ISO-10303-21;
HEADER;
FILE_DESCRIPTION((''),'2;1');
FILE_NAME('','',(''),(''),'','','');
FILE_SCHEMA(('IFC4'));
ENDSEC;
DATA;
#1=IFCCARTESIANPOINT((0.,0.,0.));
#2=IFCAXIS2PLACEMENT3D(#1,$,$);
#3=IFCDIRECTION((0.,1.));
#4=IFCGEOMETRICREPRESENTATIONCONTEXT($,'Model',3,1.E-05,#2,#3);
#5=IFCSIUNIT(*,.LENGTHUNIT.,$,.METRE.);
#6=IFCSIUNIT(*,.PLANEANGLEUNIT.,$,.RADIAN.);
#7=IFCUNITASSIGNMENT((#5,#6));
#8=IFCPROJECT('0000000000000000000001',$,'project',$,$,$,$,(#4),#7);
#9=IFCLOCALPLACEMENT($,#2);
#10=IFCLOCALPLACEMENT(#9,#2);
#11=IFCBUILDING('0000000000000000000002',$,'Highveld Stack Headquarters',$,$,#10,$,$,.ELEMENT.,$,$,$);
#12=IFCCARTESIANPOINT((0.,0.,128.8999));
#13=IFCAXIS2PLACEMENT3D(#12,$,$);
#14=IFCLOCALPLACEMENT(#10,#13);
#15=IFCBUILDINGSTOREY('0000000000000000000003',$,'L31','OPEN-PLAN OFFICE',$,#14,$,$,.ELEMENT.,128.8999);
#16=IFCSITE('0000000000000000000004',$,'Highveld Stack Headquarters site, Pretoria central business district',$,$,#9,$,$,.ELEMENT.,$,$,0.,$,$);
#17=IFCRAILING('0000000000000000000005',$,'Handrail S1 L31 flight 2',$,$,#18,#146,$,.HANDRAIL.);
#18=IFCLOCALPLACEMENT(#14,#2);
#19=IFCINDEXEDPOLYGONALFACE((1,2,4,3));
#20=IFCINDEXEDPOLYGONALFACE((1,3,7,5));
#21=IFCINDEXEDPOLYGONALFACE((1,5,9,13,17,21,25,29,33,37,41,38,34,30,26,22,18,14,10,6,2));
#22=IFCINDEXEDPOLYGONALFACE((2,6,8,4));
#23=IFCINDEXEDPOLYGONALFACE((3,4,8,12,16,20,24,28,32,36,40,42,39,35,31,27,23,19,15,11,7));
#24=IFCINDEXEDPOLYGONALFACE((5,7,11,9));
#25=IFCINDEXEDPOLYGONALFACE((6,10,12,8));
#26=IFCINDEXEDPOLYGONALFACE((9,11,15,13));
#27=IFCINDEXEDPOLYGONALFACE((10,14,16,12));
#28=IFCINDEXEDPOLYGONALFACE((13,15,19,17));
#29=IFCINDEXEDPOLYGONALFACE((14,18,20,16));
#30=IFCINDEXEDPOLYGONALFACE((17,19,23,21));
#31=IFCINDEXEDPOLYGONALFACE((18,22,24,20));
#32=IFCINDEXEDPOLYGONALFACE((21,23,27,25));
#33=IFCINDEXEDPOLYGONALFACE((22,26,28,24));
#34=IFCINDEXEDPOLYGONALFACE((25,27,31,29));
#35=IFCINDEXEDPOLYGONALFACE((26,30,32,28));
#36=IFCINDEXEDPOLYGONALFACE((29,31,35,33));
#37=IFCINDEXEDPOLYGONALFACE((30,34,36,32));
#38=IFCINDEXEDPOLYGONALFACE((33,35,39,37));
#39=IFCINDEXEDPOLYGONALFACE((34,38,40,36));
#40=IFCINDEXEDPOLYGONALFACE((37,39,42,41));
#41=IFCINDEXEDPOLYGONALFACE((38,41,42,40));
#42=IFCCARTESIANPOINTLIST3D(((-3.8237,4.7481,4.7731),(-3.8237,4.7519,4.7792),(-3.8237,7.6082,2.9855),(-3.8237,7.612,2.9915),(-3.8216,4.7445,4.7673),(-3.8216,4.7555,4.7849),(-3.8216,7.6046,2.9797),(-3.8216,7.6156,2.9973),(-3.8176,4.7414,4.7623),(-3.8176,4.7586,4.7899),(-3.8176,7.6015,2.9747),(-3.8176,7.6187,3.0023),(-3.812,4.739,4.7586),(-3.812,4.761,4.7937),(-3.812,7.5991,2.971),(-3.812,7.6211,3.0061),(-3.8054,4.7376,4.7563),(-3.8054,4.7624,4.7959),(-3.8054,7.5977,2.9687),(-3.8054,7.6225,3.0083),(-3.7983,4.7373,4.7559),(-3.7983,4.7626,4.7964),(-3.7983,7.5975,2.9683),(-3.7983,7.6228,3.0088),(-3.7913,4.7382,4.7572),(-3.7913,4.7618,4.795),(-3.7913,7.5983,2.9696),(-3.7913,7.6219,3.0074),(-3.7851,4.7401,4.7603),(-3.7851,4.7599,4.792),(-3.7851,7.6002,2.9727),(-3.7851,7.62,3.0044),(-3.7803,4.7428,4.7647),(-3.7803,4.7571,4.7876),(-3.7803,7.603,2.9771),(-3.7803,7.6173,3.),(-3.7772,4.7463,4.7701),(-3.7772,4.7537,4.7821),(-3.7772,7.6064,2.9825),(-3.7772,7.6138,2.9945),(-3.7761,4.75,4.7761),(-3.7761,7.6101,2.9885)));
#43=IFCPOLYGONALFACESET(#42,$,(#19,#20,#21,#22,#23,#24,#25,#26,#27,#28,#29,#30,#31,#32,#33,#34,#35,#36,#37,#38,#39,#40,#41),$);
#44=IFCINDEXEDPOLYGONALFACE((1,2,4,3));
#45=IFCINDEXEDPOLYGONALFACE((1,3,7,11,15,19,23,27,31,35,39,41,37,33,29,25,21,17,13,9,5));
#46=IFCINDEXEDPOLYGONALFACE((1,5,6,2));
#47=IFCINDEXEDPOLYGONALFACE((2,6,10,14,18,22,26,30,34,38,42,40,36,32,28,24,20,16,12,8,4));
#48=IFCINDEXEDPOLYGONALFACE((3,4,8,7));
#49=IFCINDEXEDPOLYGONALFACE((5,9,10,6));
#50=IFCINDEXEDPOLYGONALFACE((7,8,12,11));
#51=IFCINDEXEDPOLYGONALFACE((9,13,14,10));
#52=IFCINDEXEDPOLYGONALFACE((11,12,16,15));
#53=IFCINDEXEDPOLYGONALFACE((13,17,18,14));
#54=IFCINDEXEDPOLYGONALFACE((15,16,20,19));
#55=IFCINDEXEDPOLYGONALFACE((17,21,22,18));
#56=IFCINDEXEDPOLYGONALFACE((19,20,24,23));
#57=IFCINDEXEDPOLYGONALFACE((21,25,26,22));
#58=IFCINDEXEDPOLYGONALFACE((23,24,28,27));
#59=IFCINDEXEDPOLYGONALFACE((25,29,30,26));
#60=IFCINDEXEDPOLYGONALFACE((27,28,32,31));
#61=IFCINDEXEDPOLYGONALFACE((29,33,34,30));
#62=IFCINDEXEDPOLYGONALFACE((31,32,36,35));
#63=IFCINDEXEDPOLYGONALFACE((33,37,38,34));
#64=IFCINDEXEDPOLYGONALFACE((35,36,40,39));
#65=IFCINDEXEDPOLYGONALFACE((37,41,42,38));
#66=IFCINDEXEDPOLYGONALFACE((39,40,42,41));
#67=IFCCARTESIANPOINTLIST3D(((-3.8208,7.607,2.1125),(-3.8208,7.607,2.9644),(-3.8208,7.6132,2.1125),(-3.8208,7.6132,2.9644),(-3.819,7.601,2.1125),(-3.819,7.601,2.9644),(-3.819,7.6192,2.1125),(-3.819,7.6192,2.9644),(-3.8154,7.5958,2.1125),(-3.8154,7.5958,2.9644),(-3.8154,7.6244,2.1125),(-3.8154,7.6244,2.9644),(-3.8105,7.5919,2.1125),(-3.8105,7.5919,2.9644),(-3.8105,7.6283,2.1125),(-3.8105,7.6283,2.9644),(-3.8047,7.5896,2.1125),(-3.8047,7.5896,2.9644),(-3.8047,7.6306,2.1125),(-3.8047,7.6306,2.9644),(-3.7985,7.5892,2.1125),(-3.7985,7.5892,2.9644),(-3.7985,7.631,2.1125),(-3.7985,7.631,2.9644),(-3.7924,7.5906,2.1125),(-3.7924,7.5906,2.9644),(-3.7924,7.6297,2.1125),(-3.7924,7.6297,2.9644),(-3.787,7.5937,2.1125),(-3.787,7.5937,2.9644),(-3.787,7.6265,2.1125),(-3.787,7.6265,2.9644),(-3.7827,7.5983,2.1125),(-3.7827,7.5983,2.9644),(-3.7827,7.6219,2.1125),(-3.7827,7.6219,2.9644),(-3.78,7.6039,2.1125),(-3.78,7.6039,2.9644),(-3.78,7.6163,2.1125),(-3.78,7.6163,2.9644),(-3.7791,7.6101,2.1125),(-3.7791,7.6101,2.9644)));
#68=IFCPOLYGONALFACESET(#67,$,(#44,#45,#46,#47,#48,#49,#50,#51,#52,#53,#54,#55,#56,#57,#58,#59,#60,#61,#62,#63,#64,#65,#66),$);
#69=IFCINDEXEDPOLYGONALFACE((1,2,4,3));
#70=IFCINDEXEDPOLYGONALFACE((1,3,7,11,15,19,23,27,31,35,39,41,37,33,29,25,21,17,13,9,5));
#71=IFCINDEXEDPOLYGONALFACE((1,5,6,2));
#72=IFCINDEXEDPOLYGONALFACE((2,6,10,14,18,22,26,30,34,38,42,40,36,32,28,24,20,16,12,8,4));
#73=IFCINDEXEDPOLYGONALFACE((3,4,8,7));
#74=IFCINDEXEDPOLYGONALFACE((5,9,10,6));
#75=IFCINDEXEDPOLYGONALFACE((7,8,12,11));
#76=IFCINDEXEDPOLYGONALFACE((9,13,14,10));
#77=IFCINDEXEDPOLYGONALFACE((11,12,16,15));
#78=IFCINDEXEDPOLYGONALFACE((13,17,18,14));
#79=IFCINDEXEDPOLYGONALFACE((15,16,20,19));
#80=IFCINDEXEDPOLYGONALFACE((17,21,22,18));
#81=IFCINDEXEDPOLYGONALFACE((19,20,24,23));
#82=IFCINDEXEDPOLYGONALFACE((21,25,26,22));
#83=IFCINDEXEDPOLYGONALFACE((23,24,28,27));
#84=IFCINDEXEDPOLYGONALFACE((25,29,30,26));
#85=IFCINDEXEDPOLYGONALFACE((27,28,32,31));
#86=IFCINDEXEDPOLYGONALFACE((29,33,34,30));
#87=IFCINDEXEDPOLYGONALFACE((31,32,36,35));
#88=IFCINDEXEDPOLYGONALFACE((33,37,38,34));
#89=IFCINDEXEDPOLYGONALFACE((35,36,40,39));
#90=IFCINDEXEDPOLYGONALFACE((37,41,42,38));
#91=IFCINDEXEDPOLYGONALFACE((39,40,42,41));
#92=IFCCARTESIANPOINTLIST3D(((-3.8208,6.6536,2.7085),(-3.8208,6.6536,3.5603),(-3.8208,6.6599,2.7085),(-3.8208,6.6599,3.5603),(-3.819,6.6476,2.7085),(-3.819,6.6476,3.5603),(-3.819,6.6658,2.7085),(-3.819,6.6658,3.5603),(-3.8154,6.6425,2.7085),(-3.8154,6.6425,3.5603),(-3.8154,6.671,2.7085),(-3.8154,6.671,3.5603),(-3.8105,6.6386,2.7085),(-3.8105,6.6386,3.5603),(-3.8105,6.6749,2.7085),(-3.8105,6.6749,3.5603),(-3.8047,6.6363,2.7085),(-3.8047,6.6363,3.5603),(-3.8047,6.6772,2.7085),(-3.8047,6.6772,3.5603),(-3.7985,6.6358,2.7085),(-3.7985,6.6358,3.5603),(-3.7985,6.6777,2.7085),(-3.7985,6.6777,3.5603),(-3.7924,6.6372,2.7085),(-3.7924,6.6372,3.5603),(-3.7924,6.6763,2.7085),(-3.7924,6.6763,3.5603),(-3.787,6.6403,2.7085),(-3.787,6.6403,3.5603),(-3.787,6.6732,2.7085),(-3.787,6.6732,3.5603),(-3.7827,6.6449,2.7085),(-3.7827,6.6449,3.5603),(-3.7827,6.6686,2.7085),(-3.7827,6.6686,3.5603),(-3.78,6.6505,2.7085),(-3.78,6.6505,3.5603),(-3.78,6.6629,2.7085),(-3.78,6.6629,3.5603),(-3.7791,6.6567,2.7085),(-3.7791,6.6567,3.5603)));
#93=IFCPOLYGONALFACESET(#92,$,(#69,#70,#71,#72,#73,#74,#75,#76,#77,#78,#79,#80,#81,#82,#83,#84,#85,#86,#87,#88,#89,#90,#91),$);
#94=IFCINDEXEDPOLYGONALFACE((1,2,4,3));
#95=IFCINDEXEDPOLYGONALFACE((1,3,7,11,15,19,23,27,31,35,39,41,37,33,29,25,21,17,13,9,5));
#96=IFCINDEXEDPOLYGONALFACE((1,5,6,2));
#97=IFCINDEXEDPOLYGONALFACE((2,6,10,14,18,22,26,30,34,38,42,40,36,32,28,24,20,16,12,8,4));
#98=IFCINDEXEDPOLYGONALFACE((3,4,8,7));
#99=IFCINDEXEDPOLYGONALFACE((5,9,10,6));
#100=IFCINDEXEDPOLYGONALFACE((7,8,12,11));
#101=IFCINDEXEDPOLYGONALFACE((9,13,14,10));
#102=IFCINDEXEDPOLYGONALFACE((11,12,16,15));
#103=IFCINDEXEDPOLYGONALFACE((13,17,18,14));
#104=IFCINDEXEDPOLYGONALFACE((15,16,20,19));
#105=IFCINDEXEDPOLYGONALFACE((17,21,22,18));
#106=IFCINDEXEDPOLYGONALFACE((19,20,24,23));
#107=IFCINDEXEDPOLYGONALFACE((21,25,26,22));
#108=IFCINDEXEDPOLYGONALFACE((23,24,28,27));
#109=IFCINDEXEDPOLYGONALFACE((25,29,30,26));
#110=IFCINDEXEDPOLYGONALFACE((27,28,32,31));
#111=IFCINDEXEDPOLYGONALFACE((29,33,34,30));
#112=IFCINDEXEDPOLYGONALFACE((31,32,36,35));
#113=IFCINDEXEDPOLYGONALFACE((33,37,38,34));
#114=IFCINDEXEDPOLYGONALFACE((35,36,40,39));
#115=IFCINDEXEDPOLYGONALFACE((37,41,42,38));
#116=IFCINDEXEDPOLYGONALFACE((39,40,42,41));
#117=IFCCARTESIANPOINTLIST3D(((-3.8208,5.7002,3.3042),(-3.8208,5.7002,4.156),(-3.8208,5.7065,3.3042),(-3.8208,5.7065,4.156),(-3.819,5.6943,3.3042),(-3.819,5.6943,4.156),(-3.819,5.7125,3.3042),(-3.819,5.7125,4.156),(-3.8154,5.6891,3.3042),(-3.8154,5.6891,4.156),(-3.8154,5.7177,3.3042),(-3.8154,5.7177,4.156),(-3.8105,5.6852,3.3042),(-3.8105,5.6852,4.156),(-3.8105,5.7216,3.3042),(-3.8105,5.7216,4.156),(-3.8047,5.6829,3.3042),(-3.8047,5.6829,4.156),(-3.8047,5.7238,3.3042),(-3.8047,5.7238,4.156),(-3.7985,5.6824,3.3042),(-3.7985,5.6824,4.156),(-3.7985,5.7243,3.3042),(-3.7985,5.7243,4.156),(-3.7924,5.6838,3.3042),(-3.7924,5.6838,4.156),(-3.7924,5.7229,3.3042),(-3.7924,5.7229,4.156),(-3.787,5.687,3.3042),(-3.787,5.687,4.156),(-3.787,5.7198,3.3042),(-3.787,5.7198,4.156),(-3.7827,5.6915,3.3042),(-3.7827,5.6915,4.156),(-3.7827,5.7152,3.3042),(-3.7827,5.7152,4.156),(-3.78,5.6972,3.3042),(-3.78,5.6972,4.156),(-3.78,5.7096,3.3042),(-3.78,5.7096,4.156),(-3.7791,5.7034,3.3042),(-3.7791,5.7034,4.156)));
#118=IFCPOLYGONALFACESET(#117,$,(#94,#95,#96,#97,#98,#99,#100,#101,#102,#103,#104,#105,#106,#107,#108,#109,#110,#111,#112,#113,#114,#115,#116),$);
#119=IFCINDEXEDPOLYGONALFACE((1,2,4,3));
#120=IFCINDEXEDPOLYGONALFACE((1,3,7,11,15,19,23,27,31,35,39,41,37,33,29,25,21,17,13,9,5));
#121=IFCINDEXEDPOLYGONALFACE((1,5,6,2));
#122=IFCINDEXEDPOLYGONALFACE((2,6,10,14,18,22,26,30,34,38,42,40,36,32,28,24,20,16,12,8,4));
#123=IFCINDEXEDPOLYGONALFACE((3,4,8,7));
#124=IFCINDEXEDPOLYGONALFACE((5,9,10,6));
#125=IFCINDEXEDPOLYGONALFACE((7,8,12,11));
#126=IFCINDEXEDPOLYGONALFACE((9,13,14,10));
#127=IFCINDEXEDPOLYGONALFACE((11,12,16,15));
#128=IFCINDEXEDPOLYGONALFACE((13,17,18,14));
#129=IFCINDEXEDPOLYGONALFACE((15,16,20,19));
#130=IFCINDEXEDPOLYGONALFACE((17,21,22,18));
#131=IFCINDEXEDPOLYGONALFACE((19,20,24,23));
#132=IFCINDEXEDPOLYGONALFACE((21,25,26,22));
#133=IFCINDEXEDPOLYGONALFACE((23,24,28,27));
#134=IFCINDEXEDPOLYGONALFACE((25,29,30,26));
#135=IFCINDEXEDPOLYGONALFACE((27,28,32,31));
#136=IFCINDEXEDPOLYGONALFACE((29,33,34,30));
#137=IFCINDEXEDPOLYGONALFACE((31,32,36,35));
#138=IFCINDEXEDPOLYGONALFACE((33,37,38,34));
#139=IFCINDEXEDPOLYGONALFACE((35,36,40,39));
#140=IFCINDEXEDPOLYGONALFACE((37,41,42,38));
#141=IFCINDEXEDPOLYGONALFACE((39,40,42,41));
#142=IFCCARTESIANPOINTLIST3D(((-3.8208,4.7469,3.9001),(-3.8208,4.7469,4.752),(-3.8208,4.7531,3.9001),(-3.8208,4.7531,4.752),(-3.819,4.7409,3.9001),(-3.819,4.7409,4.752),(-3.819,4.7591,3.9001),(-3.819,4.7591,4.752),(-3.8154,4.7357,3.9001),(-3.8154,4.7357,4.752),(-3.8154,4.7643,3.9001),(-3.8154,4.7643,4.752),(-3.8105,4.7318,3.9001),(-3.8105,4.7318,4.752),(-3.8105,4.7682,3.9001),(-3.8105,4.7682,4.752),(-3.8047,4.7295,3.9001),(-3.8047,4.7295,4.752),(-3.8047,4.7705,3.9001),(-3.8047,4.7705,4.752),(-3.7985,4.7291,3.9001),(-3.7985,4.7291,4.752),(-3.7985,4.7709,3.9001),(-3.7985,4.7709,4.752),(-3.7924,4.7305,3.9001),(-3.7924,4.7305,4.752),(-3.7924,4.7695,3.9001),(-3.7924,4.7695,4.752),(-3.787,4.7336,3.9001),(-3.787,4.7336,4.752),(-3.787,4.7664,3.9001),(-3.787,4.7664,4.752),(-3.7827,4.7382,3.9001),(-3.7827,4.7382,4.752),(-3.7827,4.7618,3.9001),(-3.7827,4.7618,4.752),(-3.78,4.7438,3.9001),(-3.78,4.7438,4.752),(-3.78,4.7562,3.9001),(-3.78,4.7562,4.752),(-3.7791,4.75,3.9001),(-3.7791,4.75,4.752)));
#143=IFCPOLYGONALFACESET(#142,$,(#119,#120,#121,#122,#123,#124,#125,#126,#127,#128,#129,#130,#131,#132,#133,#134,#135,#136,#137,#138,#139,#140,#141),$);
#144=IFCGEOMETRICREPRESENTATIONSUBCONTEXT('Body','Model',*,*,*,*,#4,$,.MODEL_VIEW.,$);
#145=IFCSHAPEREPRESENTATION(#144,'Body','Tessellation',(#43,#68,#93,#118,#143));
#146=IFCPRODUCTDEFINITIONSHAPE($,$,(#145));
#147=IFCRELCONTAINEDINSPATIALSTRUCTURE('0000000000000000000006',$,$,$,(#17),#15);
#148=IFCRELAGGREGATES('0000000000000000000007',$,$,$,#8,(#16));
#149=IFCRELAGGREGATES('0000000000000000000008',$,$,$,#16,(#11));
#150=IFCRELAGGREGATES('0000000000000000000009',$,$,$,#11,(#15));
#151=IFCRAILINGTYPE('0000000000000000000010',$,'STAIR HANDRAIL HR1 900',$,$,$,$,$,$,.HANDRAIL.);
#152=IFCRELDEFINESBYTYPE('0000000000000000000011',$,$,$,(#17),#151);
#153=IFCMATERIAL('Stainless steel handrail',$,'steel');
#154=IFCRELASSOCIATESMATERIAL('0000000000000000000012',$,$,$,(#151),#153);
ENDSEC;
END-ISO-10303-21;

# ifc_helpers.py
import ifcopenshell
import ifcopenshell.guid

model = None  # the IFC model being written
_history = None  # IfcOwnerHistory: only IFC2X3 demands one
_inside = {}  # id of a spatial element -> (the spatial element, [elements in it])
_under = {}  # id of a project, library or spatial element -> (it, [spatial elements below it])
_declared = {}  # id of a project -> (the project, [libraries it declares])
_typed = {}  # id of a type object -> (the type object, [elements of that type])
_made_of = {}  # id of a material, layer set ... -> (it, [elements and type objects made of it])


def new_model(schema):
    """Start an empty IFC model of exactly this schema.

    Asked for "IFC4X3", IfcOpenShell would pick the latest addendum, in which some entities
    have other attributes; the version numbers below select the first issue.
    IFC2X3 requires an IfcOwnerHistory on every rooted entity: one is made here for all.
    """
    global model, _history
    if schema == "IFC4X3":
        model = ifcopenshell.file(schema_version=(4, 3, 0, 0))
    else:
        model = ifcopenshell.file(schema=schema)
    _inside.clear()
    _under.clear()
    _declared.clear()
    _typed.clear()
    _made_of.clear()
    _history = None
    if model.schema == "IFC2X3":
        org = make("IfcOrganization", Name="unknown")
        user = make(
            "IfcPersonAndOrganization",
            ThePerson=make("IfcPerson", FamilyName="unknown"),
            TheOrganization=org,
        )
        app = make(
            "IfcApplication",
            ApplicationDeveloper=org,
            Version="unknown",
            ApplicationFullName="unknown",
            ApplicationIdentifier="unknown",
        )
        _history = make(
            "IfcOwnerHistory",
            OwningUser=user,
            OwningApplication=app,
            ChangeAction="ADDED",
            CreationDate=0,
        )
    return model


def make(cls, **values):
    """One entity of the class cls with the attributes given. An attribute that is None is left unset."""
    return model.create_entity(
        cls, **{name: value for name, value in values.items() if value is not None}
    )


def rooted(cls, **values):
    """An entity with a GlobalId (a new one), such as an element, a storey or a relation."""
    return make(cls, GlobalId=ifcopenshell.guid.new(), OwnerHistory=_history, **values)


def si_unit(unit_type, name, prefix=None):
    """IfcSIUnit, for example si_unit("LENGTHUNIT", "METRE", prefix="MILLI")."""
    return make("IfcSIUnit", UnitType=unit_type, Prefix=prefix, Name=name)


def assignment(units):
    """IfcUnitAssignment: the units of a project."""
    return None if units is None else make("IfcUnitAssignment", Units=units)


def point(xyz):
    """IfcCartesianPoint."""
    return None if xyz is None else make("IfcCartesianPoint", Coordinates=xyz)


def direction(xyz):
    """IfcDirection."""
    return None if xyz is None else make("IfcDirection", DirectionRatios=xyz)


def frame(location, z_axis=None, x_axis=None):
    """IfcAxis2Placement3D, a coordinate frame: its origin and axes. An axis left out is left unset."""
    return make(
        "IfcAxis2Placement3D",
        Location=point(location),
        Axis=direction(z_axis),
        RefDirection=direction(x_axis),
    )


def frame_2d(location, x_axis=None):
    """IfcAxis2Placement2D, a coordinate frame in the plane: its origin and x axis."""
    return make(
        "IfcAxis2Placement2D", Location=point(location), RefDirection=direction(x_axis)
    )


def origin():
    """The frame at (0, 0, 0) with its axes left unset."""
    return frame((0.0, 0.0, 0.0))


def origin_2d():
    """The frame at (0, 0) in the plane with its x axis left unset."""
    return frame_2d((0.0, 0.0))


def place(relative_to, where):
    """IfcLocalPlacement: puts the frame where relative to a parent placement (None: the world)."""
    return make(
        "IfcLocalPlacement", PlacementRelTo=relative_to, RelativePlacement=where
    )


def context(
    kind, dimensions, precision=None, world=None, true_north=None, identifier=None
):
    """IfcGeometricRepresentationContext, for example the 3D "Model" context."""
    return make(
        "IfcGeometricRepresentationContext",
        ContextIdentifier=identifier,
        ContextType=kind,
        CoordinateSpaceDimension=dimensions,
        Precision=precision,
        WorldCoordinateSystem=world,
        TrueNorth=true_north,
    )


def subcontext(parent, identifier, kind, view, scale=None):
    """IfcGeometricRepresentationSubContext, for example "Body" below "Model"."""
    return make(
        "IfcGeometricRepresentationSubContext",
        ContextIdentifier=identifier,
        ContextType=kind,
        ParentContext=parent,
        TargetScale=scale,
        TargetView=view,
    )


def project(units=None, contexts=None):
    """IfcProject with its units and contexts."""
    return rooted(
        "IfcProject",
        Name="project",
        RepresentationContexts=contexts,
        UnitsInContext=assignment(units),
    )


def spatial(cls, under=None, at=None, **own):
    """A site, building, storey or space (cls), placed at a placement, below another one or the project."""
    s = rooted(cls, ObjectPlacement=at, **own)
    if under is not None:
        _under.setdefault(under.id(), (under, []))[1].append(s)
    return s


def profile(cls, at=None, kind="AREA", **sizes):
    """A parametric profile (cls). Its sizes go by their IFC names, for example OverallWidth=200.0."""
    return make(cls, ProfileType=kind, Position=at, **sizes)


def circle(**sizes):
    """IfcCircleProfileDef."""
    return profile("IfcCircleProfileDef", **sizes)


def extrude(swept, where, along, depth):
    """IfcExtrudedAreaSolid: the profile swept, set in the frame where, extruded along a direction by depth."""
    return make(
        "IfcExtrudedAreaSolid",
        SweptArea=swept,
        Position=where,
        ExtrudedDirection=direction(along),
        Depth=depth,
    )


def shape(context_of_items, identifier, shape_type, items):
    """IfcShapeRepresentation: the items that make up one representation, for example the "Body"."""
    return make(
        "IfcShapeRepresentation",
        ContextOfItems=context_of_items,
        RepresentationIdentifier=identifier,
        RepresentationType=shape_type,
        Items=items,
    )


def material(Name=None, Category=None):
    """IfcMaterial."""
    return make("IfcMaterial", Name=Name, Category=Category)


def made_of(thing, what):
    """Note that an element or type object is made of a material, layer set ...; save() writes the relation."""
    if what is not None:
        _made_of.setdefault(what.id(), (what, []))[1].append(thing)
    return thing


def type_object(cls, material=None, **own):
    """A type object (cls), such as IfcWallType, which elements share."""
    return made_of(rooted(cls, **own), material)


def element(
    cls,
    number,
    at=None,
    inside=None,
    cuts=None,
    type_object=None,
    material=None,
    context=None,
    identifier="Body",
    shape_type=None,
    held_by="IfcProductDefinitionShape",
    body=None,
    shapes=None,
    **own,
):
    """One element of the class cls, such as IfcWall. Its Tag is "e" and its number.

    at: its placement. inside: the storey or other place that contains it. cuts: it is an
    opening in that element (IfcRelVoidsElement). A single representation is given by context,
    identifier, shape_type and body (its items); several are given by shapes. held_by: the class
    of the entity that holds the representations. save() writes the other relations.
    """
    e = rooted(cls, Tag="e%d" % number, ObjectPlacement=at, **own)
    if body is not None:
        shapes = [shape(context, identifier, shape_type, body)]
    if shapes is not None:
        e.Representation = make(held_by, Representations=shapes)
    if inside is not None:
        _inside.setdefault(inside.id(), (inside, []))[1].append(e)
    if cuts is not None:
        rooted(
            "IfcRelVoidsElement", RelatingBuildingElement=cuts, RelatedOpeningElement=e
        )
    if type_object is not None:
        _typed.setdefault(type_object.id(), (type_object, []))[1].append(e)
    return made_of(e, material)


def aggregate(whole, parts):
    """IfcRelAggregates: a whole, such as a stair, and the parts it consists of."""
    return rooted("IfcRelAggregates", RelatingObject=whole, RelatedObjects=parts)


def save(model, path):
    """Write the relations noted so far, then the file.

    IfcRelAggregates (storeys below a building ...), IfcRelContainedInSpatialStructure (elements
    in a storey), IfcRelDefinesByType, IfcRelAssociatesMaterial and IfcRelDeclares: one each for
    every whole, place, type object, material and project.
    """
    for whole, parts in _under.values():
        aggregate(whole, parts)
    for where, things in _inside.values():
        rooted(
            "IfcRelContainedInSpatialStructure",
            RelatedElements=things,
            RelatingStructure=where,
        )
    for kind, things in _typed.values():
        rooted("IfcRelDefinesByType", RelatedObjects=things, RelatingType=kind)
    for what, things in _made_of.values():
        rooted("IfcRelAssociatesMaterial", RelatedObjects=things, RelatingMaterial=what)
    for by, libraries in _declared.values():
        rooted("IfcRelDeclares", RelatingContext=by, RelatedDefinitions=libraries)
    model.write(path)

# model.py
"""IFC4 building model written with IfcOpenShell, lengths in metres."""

from ifc_helpers import new_model, si_unit, direction, frame, origin, origin_2d, place, context, subcontext, project, spatial, circle, extrude, material, type_object, element, save


model = new_model("IFC4")

# Units and contexts
model_context = context("Model", 3, precision=1e-05, world=origin(), true_north=direction((0.0, 1.0)))
body_context = subcontext(model_context, "Body", "Model", "MODEL_VIEW")
ifc_project = project(units=[si_unit("LENGTHUNIT", "METRE"), si_unit("PLANEANGLEUNIT", "RADIAN")], contexts=[model_context])

# Site, building, storey
site_placement = place(None, origin())
site = spatial("IfcSite", under=ifc_project, at=site_placement, Name="Highveld Stack Headquarters site, Pretoria central business district", CompositionType="ELEMENT", RefElevation=0.0)
building_placement = place(site_placement, origin())
building = spatial("IfcBuilding", under=site, at=building_placement, Name="Highveld Stack Headquarters", CompositionType="ELEMENT")
storey_placement = place(building_placement, frame((0.0, 0.0, 128.8999)))
storey = spatial("IfcBuildingStorey", under=building, at=storey_placement, Name="L31", Description="OPEN-PLAN OFFICE", CompositionType="ELEMENT", Elevation=128.8999)

# Railing
ifc_material_1 = material(Name="Stainless steel handrail", Category="steel")
railing_type = type_object("IfcRailingType", Name="STAIR HANDRAIL HR1 900", PredefinedType="HANDRAIL", material=ifc_material_1)
for number, where, name in (
    (1, (-3.8, 7.6101, 2.1125), "Handrail S1 L31 flight 2"),
):
    element("IfcRailing", number, at=place(storey_placement, frame(where)), inside=storey, type_object=railing_type, Name=name, PredefinedType="HANDRAIL", context=body_context, shape_type="SweptSolid", body=[
        extrude(circle(Radius=0.0239, at=origin_2d()), frame((0.0, 0.0, 0.876), z_axis=(0.0, -0.847994, 0.530005), x_axis=(1.0, 0.0, 0.0)), (0.0, 0.0, 1.0), 3.3728),
        extrude(circle(Radius=0.021, at=origin_2d()), origin(), (0.0, 0.0, 1.0), 0.8518),
        extrude(circle(Radius=0.021, at=origin_2d()), frame((0.0, -0.9534, 0.5959)), (0.0, 0.0, 1.0), 0.8518),
        extrude(circle(Radius=0.021, at=origin_2d()), frame((0.0, -1.9067, 1.1917)), (0.0, 0.0, 1.0), 0.8518),
        extrude(circle(Radius=0.021, at=origin_2d()), frame((0.0, -2.8601, 1.7876)), (0.0, 0.0, 1.0), 0.8518),
    ])

save(model, "model.ifc")
